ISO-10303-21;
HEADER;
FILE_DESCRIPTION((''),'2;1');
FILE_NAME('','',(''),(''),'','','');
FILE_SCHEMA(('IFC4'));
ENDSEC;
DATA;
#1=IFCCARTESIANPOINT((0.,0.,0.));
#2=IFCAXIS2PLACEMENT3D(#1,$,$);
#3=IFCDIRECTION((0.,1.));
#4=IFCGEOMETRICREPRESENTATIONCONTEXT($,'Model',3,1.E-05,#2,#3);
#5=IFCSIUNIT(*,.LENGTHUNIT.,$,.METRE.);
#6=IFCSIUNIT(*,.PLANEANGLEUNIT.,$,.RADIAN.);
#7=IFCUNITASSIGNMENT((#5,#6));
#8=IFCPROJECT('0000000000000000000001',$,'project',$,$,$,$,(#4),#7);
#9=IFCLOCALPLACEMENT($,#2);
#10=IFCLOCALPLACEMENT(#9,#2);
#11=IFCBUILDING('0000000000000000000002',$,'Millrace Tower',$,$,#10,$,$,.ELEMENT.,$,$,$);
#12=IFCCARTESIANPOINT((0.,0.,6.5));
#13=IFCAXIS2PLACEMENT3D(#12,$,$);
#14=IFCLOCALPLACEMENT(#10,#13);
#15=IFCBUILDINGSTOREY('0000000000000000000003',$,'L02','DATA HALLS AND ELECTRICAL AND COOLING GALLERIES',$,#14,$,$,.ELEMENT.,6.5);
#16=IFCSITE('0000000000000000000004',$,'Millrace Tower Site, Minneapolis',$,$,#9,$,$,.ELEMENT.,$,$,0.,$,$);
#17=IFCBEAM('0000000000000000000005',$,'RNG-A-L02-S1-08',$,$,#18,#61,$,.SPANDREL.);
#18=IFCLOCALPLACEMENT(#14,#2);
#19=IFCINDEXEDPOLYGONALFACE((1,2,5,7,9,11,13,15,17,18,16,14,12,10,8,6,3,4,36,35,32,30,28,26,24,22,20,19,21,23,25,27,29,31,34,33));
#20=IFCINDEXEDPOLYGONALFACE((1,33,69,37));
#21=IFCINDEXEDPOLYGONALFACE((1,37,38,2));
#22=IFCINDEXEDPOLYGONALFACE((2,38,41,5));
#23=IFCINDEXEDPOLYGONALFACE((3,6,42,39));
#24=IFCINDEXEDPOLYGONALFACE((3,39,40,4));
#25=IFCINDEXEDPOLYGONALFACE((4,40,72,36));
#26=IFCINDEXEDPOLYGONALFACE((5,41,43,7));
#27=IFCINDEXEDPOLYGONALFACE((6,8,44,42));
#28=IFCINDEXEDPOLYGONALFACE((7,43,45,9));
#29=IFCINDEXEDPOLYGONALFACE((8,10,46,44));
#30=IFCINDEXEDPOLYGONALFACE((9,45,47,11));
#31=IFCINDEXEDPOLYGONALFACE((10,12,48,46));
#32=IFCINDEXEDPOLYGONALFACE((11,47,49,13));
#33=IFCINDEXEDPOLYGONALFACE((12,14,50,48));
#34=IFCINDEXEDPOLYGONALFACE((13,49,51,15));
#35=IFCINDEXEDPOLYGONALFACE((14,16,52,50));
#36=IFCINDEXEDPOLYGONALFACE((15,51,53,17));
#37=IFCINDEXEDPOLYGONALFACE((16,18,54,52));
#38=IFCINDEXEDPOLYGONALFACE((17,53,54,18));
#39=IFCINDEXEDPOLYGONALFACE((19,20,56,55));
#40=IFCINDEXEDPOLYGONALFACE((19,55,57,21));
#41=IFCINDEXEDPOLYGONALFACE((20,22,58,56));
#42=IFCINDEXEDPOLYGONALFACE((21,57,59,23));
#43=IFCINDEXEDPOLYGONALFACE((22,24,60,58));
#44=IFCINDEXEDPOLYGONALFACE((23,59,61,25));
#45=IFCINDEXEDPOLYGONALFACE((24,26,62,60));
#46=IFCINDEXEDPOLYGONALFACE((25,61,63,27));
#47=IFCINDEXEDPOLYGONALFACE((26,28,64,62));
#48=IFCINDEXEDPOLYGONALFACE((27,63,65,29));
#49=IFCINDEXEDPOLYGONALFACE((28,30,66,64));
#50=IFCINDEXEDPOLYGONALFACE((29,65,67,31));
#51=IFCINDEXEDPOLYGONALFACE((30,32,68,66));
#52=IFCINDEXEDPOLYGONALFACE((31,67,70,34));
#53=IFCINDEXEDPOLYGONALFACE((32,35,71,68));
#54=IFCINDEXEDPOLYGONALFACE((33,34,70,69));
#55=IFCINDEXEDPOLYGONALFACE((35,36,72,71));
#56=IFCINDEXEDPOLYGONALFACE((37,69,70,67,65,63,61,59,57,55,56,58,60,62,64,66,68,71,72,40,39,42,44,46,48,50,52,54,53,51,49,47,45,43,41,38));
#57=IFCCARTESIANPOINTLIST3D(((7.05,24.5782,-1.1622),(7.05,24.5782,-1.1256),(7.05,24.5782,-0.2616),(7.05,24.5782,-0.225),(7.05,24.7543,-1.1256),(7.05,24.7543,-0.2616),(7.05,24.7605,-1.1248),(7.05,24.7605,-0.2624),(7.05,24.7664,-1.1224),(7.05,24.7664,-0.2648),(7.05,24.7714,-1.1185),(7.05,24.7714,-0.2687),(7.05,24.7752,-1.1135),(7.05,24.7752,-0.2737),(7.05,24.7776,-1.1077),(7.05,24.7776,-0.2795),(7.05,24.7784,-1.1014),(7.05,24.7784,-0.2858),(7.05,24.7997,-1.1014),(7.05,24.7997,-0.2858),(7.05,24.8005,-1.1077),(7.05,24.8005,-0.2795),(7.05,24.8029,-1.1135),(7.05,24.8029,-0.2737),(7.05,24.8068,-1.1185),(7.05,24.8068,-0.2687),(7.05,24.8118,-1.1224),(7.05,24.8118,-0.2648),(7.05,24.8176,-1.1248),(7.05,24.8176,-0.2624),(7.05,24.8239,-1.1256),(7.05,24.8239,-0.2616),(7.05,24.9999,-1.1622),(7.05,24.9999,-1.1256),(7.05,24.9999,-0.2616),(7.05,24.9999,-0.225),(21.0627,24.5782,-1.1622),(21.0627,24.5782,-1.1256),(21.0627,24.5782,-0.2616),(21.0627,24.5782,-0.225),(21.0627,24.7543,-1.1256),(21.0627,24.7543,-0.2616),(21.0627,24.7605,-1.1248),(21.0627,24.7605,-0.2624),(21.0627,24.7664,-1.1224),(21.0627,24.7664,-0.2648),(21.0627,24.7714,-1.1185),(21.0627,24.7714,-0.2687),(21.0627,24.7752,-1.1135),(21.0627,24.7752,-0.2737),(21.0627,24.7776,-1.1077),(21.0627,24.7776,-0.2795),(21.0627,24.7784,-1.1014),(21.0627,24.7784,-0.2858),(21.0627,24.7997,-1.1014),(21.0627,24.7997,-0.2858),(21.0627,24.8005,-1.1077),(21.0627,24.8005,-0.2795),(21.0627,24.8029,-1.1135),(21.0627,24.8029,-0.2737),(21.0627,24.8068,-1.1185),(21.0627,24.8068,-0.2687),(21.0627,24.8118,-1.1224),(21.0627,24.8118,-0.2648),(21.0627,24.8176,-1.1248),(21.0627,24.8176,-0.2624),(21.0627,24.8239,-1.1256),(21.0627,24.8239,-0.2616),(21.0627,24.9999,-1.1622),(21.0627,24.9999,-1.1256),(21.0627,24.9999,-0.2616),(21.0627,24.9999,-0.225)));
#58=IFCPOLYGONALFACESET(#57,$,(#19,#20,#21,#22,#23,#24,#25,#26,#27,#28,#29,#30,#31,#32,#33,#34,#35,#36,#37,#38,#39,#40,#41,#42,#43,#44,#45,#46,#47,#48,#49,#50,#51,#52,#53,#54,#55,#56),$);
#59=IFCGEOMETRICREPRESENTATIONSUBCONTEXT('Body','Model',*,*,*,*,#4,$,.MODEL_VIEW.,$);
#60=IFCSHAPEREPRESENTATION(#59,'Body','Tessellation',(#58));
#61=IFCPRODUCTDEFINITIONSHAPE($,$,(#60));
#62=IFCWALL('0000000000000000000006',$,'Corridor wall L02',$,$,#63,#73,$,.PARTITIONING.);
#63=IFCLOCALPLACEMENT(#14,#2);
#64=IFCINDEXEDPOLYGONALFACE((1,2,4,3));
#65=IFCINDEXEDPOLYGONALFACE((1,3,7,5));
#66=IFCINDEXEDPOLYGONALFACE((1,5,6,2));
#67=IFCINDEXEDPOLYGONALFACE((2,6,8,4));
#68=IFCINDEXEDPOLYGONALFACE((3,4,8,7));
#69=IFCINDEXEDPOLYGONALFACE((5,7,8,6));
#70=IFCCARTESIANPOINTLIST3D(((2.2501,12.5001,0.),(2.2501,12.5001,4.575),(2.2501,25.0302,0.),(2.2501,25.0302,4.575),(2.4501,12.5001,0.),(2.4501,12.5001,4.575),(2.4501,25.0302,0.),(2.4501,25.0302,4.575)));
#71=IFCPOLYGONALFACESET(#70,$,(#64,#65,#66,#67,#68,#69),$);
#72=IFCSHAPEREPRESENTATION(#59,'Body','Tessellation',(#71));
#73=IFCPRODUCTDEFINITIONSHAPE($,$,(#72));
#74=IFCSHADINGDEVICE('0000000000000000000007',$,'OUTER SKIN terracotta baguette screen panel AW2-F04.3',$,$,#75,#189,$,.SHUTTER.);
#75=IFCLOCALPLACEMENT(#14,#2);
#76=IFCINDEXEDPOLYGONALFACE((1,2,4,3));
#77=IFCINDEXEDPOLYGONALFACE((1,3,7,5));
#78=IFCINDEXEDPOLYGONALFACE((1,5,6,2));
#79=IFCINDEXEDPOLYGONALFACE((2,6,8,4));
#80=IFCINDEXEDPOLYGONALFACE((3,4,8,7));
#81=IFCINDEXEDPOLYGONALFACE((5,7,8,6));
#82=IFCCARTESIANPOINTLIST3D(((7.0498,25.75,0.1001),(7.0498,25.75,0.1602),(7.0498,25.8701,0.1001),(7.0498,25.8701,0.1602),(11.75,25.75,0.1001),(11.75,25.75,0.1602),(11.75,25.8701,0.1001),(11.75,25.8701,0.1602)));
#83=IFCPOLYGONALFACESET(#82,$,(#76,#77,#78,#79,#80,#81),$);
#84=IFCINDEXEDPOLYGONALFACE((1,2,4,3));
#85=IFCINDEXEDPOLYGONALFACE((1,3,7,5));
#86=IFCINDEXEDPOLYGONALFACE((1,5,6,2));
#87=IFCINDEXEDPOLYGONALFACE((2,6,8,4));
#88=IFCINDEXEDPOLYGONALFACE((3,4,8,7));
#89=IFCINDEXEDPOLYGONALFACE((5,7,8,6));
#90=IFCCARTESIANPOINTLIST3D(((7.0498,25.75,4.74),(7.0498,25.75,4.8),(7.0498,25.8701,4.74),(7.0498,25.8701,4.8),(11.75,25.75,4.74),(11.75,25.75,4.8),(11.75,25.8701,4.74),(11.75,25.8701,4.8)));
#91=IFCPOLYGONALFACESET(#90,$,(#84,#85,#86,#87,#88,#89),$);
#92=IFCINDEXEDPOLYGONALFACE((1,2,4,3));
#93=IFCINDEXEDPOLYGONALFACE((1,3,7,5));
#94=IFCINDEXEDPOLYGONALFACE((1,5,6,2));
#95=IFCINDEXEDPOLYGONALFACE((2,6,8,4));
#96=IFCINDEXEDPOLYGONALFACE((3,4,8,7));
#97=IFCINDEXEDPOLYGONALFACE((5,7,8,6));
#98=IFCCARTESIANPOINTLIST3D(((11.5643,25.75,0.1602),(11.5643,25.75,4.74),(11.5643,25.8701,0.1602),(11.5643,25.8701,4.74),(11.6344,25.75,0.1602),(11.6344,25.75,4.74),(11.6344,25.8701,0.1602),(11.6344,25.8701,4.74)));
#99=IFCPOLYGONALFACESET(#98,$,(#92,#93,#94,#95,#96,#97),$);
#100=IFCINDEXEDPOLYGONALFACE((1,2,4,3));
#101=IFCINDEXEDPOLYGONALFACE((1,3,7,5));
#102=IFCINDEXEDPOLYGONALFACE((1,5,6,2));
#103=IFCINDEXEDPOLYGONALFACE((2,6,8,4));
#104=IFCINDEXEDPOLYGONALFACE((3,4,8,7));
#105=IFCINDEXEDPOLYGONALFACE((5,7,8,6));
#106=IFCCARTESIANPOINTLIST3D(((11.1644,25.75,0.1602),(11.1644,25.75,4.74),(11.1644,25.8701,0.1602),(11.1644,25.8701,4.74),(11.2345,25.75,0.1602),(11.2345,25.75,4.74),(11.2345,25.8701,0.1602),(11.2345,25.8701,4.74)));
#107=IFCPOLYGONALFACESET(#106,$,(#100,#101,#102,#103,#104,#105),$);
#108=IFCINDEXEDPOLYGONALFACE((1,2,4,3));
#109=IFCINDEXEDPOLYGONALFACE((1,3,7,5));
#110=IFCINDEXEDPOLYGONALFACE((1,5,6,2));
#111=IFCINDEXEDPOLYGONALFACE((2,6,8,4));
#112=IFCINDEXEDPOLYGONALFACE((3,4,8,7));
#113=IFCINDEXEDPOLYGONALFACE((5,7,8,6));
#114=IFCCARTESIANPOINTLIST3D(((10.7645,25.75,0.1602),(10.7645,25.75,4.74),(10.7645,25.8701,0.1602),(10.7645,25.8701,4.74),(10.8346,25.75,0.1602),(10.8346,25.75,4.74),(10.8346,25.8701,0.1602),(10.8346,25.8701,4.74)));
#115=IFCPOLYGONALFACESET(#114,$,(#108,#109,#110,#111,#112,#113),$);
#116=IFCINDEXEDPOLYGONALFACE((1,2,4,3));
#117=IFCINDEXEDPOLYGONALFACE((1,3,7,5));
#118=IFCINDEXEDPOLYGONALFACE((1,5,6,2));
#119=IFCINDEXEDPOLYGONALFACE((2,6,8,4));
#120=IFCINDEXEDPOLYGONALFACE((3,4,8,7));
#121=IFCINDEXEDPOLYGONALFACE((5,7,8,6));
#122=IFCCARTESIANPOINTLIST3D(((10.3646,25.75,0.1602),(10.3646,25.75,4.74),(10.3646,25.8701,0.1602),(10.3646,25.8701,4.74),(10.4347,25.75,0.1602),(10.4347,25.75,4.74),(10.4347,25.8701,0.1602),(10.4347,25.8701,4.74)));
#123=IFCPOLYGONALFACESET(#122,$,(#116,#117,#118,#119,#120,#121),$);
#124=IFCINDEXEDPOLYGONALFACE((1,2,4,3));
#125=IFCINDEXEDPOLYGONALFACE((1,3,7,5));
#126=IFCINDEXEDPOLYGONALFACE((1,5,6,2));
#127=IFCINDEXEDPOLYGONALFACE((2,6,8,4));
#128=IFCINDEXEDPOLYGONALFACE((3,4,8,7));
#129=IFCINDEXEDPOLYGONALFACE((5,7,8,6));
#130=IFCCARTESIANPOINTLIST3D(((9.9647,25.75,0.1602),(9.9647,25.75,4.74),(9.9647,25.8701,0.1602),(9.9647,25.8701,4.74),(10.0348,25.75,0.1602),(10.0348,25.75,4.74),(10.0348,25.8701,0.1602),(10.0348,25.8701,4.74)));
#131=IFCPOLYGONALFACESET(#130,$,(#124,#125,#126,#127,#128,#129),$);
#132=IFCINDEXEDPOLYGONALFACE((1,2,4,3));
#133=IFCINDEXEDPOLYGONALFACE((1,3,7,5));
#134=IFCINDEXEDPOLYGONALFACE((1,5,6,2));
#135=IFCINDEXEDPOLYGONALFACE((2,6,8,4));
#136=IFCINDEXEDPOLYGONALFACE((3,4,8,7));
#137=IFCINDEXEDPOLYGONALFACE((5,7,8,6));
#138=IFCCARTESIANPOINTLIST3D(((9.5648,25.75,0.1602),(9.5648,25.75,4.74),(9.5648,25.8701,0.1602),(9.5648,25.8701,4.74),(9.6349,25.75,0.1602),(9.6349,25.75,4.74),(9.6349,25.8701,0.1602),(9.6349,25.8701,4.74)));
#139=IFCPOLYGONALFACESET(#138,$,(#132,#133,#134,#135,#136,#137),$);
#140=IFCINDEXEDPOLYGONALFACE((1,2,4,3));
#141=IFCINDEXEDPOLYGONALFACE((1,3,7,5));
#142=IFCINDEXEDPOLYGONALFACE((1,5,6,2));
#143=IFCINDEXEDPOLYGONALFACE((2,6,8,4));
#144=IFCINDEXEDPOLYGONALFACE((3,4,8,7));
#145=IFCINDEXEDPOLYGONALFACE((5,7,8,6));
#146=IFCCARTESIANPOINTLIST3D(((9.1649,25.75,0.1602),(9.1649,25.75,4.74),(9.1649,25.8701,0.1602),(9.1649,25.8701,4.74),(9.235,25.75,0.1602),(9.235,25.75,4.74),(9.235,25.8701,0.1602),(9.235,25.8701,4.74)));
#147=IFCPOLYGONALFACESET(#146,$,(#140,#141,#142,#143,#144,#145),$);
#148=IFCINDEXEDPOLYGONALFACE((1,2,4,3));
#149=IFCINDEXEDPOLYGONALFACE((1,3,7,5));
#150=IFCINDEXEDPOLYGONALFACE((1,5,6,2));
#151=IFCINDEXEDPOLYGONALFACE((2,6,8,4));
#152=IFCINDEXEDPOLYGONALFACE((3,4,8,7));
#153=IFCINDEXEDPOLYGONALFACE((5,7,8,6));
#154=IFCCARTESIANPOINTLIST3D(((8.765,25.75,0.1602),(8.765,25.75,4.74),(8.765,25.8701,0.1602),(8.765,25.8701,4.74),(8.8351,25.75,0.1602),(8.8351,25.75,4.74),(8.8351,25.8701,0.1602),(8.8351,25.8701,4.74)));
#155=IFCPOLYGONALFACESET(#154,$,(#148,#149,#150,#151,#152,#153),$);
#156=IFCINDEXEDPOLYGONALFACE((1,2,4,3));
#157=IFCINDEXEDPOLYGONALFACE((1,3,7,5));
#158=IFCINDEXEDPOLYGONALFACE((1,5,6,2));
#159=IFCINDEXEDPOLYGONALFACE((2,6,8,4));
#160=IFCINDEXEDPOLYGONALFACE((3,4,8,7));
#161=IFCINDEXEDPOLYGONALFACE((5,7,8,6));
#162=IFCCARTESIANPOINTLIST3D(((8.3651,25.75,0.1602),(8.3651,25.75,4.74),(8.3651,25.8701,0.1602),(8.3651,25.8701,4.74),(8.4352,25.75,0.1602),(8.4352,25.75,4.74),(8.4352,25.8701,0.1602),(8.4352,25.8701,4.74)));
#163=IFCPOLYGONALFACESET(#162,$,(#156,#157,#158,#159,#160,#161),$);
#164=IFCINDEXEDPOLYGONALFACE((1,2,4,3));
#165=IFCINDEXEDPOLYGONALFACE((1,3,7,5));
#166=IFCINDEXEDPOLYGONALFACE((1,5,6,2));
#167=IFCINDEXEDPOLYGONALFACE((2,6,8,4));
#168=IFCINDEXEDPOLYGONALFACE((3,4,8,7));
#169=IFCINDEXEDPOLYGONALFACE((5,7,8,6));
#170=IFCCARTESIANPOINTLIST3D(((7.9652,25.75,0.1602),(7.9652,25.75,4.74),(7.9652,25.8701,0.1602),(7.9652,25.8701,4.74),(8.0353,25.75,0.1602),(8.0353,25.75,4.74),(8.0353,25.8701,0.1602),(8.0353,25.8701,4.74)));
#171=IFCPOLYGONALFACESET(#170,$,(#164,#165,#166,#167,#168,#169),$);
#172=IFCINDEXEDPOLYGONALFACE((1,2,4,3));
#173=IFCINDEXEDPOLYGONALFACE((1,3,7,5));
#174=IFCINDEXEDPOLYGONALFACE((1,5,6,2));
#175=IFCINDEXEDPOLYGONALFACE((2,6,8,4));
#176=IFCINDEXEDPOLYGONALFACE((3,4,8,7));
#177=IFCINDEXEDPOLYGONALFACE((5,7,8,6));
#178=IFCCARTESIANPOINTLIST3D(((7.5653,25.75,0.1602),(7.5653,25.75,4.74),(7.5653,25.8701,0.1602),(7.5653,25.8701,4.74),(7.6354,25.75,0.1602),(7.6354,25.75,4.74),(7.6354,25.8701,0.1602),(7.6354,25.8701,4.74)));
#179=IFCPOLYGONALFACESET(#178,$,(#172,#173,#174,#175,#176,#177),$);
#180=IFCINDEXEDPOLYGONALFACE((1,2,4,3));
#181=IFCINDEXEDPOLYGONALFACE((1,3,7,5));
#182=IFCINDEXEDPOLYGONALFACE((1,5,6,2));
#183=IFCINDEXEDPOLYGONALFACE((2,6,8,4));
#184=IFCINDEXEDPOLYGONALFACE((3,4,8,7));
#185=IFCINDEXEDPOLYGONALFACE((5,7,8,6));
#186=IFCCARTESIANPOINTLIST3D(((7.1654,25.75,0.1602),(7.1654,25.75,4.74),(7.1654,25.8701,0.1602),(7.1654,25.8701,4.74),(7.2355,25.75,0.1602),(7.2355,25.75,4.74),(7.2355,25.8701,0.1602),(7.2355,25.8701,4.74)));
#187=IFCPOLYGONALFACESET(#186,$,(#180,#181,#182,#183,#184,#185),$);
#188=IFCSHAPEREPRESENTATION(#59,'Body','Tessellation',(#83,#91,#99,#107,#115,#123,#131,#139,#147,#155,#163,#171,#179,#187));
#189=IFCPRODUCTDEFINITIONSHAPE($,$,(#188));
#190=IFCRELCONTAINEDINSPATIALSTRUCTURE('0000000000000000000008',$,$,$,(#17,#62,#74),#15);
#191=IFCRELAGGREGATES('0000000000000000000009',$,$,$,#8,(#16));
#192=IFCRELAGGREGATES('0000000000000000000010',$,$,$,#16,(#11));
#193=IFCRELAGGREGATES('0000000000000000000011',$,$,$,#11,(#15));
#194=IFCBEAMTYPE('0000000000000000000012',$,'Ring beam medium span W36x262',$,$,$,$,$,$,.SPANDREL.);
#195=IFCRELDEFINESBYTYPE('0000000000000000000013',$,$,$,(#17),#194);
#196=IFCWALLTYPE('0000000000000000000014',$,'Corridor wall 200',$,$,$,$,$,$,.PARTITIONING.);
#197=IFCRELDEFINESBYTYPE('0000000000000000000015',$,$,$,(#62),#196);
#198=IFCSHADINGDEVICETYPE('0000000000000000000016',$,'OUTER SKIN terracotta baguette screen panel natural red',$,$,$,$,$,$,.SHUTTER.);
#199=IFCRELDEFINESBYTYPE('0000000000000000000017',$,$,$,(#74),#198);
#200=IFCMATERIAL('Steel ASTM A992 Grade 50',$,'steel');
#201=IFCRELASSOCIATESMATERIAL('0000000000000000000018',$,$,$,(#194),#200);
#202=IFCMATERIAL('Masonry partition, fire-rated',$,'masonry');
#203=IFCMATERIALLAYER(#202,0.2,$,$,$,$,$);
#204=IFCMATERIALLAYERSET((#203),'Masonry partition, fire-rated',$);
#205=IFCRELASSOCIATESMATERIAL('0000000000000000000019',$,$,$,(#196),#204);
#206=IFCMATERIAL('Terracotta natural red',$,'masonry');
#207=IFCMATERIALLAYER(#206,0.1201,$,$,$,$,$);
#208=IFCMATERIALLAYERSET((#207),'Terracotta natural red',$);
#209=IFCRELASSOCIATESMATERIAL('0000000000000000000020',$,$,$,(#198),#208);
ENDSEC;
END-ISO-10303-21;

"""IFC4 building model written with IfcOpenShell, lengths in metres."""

from ifc_helpers import new_model, entity, si_unit, direction, frame, frame_2d, origin, origin_2d, place, context, subcontext, project, spatial, rectangle, i_section, extrude, source, transform, mapped, material, layer, layer_set, material_profile, profile_set, type_object, element, save


model = new_model("IFC4")

# Units and contexts
model_context = context("Model", 3, precision=1e-05, world=origin(), true_north=direction((0.0, 1.0)))
body_context = subcontext(model_context, "Body", "Model", "MODEL_VIEW")
ifc_project = project(units=[si_unit("LENGTHUNIT", "METRE"), si_unit("PLANEANGLEUNIT", "RADIAN")], contexts=[model_context])

# Site, building, storey
site_placement = place(None, origin())
site = spatial("IfcSite", under=ifc_project, at=site_placement, Name="Millrace Tower Site, Minneapolis", CompositionType="ELEMENT", RefElevation=0.0)
building_placement = place(site_placement, origin())
building = spatial("IfcBuilding", under=site, at=building_placement, Name="Millrace Tower", CompositionType="ELEMENT")
storey_placement = place(building_placement, frame((0.0, 0.0, 6.5)))
storey = spatial("IfcBuildingStorey", under=building, at=storey_placement, Name="L02", Description="DATA HALLS AND ELECTRICAL AND COOLING GALLERIES", CompositionType="ELEMENT", Elevation=6.5)

# Beam
ifc_material_1 = material(Name="Steel ASTM A992 Grade 50", Category="steel")
ifc_material_profile_1 = material_profile(ifc_material_1, i_section(OverallWidth=0.4216, OverallDepth=0.9373, WebThickness=0.0212, FlangeThickness=0.0366, FilletRadius=0.0242, at=origin_2d()))
ifc_profile_set_1 = profile_set([ifc_material_profile_1], Name="Steel ASTM A992 Grade 50")
beam_type_1 = type_object("IfcBeamType", Name="Ring beam medium span W36x262", PredefinedType="SPANDREL", material=ifc_profile_set_1)
beam_1_placement = place(storey_placement, frame((7.05, 24.7891, -0.6936), z_axis=(1.0, 0.0, 0.0), x_axis=(0.0, 1.0, 0.0)))
element("IfcBeam", 1, at=beam_1_placement, inside=storey, type_object=beam_type_1, Name="RNG-A-L02-S1-08", PredefinedType="SPANDREL", context=body_context, shape_type="SweptSolid", body=[
    extrude(i_section(OverallWidth=0.4216, OverallDepth=0.9373, WebThickness=0.0212, FlangeThickness=0.0366, FilletRadius=0.0242, at=origin_2d()), origin(), (0.0, 0.0, 1.0), 14.0127),
])

# Wall
ifc_material_2 = material(Name="Masonry partition, fire-rated", Category="masonry")
ifc_layer_1 = layer(ifc_material_2, 0.2)
ifc_layer_set_1 = layer_set([ifc_layer_1], Name="Masonry partition, fire-rated")
wall_type = type_object("IfcWallType", Name="Corridor wall 200", PredefinedType="PARTITIONING", material=ifc_layer_set_1)
wall_placement = place(storey_placement, frame((2.3501, 12.5, 0.0), z_axis=(0.0, 0.0, 1.0), x_axis=(0.0, 1.0, 0.0)))
element("IfcWall", 2, at=wall_placement, inside=storey, type_object=wall_type, Name="Corridor wall L02", PredefinedType="PARTITIONING", context=body_context, shape_type="SweptSolid", body=[
    extrude(rectangle(XDim=12.53, YDim=0.2, at=frame_2d((6.2651, 0.0))), origin(), (0.0, 0.0, 1.0), 4.575),
])

# Shading device
cartesian_point = entity("IfcCartesianPoint", [-2.3501, 0.0601])
shared_polyline = entity("IfcPolyline", [cartesian_point, entity("IfcCartesianPoint", [2.3501, 0.0601]), entity("IfcCartesianPoint", [2.3501, -0.0601]), entity("IfcCartesianPoint", [-2.3501, -0.0601]), cartesian_point])
ifc_material_3 = material(Name="Terracotta natural red", Category="masonry")
ifc_layer_2 = layer(ifc_material_3, 0.1201)
ifc_layer_set_2 = layer_set([ifc_layer_2], Name="Terracotta natural red")
shading_device_type_1 = type_object("IfcShadingDeviceType", Name="OUTER SKIN terracotta baguette screen panel natural red", PredefinedType="SHUTTER", material=ifc_layer_set_2)
shared_shape_1 = source(origin(), body_context, "Body", "SweptSolid", [
    entity("IfcExtrudedAreaSolid", entity("IfcArbitraryClosedProfileDef", "AREA", None, shared_polyline), entity("IfcAxis2Placement3D", entity("IfcCartesianPoint", [0.0, 0.0, 0.0])), entity("IfcDirection", [0.0, 0.0, 1.0]), 0.0601),
    entity("IfcExtrudedAreaSolid", entity("IfcArbitraryClosedProfileDef", "AREA", None, shared_polyline), entity("IfcAxis2Placement3D", entity("IfcCartesianPoint", [0.0, 0.0, 4.6399])), entity("IfcDirection", [0.0, 0.0, 1.0]), 0.0601),
    extrude(rectangle(XDim=0.0701, YDim=0.1201, at=frame_2d((-2.1995, 0.0))), frame((0.0, 0.0, 0.0601)), (0.0, 0.0, 1.0), 4.5798),
    extrude(rectangle(XDim=0.0701, YDim=0.1201, at=frame_2d((-1.7996, 0.0))), frame((0.0, 0.0, 0.0601)), (0.0, 0.0, 1.0), 4.5798),
    extrude(rectangle(XDim=0.0701, YDim=0.1201, at=frame_2d((-1.3997, 0.0))), frame((0.0, 0.0, 0.0601)), (0.0, 0.0, 1.0), 4.5798),
    extrude(rectangle(XDim=0.0701, YDim=0.1201, at=frame_2d((-0.9998, 0.0))), frame((0.0, 0.0, 0.0601)), (0.0, 0.0, 1.0), 4.5798),
    extrude(rectangle(XDim=0.0701, YDim=0.1201, at=frame_2d((-0.5999, 0.0))), frame((0.0, 0.0, 0.0601)), (0.0, 0.0, 1.0), 4.5798),
    extrude(rectangle(XDim=0.0701, YDim=0.1201, at=frame_2d((-0.2, 0.0))), frame((0.0, 0.0, 0.0601)), (0.0, 0.0, 1.0), 4.5798),
    extrude(rectangle(XDim=0.0701, YDim=0.1201, at=frame_2d((0.2, 0.0))), frame((0.0, 0.0, 0.0601)), (0.0, 0.0, 1.0), 4.5798),
    extrude(rectangle(XDim=0.0701, YDim=0.1201, at=frame_2d((0.5999, 0.0))), frame((0.0, 0.0, 0.0601)), (0.0, 0.0, 1.0), 4.5798),
    extrude(rectangle(XDim=0.0701, YDim=0.1201, at=frame_2d((0.9998, 0.0))), frame((0.0, 0.0, 0.0601)), (0.0, 0.0, 1.0), 4.5798),
    extrude(rectangle(XDim=0.0701, YDim=0.1201, at=frame_2d((1.3997, 0.0))), frame((0.0, 0.0, 0.0601)), (0.0, 0.0, 1.0), 4.5798),
    extrude(rectangle(XDim=0.0701, YDim=0.1201, at=frame_2d((1.7996, 0.0))), frame((0.0, 0.0, 0.0601)), (0.0, 0.0, 1.0), 4.5798),
    extrude(rectangle(XDim=0.0701, YDim=0.1201, at=frame_2d((2.1995, 0.0))), frame((0.0, 0.0, 0.0601)), (0.0, 0.0, 1.0), 4.5798),
])
for number, where, z_axis, x_axis, name in (
    (3, (9.3999, 25.8101, 0.1001), (0.0, 0.0, 1.0), (-1.0, 0.0, 0.0), "OUTER SKIN terracotta baguette screen panel AW2-F04.3"),
):
    element("IfcShadingDevice", number, at=place(storey_placement, frame(where, z_axis=z_axis, x_axis=x_axis)), inside=storey, type_object=shading_device_type_1, Name=name, PredefinedType="SHUTTER", context=body_context, shape_type="MappedRepresentation", body=[
        mapped(shared_shape_1, transform((0.0, 0.0, 0.0), scale=1.0)),
    ])

save(model, "model.ifc")
